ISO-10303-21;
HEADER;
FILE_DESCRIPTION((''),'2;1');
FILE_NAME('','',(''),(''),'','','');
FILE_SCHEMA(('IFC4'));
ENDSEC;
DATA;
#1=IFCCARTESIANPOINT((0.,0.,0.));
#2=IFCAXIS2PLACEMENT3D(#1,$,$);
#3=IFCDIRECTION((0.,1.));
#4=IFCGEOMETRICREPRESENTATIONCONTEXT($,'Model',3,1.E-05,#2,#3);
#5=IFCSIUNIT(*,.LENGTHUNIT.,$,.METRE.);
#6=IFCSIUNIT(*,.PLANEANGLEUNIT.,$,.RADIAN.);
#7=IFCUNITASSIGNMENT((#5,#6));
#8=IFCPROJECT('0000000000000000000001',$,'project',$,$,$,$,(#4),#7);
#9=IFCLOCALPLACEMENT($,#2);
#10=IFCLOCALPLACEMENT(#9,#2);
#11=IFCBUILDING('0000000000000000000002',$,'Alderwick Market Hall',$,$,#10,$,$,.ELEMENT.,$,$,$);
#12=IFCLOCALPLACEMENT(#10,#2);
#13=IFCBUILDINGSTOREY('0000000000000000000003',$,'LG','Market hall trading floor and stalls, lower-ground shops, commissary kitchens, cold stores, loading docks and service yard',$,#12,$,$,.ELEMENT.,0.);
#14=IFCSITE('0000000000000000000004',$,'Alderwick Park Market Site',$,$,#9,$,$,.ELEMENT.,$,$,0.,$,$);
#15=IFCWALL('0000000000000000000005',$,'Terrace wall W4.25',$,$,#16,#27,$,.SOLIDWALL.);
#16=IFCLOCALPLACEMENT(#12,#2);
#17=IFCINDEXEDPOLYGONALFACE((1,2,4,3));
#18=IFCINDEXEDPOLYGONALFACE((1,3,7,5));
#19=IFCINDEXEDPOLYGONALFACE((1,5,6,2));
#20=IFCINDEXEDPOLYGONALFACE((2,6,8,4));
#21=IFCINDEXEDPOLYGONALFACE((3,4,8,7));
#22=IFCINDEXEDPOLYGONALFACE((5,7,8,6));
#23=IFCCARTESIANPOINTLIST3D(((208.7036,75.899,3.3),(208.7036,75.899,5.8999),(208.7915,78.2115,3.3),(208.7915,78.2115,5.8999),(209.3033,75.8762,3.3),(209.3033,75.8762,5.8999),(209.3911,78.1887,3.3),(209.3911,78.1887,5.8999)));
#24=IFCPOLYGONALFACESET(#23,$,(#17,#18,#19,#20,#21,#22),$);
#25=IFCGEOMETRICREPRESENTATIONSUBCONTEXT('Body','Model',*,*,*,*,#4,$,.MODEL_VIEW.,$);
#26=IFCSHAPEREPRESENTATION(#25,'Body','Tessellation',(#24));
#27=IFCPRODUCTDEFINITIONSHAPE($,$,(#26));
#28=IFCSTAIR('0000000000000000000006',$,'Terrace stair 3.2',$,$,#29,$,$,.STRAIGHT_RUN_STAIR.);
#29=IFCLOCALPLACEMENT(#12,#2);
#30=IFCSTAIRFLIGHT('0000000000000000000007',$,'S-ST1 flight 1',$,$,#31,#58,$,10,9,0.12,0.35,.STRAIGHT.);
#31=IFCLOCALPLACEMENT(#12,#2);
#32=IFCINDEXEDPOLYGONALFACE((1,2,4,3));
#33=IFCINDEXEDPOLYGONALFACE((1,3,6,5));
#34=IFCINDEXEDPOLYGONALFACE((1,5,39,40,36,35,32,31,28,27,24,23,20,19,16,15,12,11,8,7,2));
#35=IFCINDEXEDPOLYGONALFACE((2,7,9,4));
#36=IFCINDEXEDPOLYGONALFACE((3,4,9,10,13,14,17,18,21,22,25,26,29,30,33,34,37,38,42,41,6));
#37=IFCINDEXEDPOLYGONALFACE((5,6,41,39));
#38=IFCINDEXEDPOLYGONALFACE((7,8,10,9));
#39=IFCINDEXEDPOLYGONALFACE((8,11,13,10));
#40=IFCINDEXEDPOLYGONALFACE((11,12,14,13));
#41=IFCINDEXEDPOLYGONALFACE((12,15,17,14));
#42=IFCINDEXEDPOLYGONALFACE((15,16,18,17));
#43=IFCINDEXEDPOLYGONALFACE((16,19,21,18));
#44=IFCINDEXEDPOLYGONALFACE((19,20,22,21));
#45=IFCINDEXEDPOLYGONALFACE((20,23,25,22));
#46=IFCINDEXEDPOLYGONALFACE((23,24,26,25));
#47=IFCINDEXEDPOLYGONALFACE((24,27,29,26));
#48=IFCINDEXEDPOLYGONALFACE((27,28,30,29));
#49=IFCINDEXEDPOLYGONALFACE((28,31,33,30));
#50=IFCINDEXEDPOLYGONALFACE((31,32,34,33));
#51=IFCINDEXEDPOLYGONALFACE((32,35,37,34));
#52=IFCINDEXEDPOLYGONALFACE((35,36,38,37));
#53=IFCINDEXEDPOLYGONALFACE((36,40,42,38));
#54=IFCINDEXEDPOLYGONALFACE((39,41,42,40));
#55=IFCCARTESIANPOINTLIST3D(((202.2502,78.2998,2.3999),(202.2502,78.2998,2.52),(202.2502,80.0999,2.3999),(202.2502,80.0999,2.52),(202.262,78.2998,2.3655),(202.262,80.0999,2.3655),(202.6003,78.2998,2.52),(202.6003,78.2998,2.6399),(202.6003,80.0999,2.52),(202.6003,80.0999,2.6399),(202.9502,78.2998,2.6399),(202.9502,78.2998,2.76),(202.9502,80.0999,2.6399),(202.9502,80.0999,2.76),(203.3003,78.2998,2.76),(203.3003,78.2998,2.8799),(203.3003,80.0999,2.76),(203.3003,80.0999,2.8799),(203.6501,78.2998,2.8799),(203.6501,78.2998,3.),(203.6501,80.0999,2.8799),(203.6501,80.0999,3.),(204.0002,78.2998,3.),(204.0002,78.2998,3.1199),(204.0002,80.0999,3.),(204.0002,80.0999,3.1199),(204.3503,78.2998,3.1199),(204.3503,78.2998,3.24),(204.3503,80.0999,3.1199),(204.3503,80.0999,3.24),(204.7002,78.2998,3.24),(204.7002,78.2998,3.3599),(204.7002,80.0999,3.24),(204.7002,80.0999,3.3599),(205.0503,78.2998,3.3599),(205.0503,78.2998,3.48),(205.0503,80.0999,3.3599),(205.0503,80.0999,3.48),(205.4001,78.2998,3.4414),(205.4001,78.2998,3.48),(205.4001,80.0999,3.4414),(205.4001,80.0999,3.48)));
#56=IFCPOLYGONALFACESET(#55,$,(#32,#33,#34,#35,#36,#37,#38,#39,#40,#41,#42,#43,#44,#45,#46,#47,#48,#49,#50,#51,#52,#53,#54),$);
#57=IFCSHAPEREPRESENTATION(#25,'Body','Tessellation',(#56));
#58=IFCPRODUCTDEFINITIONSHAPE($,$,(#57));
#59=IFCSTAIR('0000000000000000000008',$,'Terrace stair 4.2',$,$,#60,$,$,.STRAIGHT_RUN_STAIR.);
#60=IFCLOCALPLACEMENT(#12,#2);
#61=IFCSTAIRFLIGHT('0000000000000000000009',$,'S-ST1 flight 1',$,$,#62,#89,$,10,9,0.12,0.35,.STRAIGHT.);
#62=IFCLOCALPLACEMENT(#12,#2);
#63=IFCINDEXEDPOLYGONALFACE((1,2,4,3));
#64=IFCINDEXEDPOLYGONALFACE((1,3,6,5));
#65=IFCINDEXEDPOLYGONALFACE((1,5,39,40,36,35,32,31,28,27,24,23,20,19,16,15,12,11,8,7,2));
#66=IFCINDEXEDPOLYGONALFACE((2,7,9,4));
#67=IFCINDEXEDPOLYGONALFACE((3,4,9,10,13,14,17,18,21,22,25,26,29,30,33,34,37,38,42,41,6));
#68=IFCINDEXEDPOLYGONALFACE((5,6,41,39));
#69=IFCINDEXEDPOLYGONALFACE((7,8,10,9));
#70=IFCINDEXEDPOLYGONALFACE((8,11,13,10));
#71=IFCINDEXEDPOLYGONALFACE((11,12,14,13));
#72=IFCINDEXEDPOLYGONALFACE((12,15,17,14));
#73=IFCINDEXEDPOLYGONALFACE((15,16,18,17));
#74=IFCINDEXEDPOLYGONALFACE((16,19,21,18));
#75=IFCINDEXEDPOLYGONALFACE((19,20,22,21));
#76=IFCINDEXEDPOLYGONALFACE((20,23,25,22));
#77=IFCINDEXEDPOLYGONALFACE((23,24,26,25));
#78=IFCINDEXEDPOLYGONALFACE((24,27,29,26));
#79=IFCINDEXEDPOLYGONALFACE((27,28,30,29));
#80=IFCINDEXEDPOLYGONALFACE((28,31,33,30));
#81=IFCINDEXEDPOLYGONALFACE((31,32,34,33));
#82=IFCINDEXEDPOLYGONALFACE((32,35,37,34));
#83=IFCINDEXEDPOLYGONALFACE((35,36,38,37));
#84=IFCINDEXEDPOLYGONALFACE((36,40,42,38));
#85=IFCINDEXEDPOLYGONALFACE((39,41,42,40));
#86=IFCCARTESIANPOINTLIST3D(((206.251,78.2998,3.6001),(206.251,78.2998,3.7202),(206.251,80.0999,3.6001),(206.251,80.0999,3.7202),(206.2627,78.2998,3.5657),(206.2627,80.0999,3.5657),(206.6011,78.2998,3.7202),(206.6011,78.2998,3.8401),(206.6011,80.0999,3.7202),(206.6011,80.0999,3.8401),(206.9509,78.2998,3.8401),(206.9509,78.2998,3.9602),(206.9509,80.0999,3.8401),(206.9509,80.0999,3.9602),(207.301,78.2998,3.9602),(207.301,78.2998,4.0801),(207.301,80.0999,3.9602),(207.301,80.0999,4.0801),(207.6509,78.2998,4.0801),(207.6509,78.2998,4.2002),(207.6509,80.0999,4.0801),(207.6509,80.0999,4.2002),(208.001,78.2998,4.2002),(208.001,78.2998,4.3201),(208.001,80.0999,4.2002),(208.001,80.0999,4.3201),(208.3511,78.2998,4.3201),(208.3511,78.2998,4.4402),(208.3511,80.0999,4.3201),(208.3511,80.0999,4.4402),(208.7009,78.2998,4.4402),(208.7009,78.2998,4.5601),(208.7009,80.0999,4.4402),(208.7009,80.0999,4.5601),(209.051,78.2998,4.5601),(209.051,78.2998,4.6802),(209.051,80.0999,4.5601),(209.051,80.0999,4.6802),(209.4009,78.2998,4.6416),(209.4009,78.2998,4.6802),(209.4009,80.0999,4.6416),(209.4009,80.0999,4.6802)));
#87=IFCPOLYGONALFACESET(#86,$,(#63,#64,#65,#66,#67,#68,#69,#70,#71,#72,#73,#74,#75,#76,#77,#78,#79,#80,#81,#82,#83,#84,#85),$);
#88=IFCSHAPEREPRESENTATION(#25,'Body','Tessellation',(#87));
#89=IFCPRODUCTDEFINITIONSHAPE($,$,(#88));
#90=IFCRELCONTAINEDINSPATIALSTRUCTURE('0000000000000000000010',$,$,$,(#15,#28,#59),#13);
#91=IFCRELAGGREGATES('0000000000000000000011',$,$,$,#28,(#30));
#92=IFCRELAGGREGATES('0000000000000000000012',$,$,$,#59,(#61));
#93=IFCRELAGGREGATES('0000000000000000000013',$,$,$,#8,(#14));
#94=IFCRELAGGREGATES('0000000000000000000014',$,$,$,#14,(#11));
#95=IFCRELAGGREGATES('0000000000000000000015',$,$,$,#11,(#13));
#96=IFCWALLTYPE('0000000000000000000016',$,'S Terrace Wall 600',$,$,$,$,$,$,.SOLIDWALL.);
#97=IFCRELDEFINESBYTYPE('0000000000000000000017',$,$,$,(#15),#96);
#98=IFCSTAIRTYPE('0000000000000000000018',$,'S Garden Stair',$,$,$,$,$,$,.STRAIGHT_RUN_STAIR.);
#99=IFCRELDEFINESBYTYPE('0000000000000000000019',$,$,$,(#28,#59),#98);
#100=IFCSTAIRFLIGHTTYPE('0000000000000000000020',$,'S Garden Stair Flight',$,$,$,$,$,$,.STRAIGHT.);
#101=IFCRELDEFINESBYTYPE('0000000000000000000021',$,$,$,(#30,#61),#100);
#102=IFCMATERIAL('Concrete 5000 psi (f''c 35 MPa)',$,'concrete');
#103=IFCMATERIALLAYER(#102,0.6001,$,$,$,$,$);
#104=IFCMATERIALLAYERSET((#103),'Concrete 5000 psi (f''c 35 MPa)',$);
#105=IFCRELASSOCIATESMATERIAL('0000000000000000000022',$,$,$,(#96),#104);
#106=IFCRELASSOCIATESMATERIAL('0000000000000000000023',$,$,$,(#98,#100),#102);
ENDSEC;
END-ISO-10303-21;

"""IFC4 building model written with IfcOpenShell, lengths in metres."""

from ifc_helpers import new_model, si_unit, direction, frame, frame_2d, origin, place, context, subcontext, project, spatial, polyline, rectangle, outline, extrude, material, layer, layer_set, type_object, element, aggregate, save


model = new_model("IFC4")

# Units and contexts
model_context = context("Model", 3, precision=1e-05, world=origin(), true_north=direction((0.0, 1.0)))
body_context = subcontext(model_context, "Body", "Model", "MODEL_VIEW")
ifc_project = project(units=[si_unit("LENGTHUNIT", "METRE"), si_unit("PLANEANGLEUNIT", "RADIAN")], contexts=[model_context])

# Site, building, storey
site_placement = place(None, origin())
site = spatial("IfcSite", under=ifc_project, at=site_placement, Name="Alderwick Park Market Site", CompositionType="ELEMENT", RefElevation=0.0)
building_placement = place(site_placement, origin())
building = spatial("IfcBuilding", under=site, at=building_placement, Name="Alderwick Market Hall", CompositionType="ELEMENT")
storey_placement = place(building_placement, origin())
storey = spatial("IfcBuildingStorey", under=building, at=storey_placement, Name="LG", Description="Market hall trading floor and stalls, lower-ground shops, commissary kitchens, cold stores, loading docks and service yard", CompositionType="ELEMENT", Elevation=0.0)

# Wall
ifc_material_1 = material(Name="Concrete 5000 psi (f'c 35 MPa)", Category="concrete")
ifc_layer_1 = layer(ifc_material_1, 0.6001)
ifc_layer_set_1 = layer_set([ifc_layer_1], Name="Concrete 5000 psi (f'c 35 MPa)")
wall_type_1 = type_object("IfcWallType", Name="S Terrace Wall 600", PredefinedType="SOLIDWALL", material=ifc_layer_set_1)
wall_1_placement = place(storey_placement, frame((209.0034, 75.8875, 3.3), z_axis=(0.0, 0.0, 1.0), x_axis=(0.037979, 0.999279, 0.0)))
element("IfcWall", 1, at=wall_1_placement, inside=storey, type_object=wall_type_1, Name="Terrace wall W4.25", PredefinedType="SOLIDWALL", context=body_context, shape_type="SweptSolid", body=[
    extrude(rectangle(XDim=2.3142, YDim=0.6001, at=frame_2d((1.1572, 0.0))), origin(), (0.0, 0.0, 1.0), 2.5999),
])

# Stair, stair flight
stair_type = type_object("IfcStairType", Name="S Garden Stair", PredefinedType="STRAIGHT_RUN_STAIR", material=ifc_material_1)
stair_1_placement = place(storey_placement, origin())
stair_1 = element("IfcStair", 2, at=stair_1_placement, inside=storey, type_object=stair_type, Name="Terrace stair 3.2", PredefinedType="STRAIGHT_RUN_STAIR")
stair_flight_type = type_object("IfcStairFlightType", Name="S Garden Stair Flight", PredefinedType="STRAIGHT", material=ifc_material_1)
stair_flight_1_placement = place(storey_placement, frame((202.2502, 79.2, 2.3999), z_axis=(0.0, 0.0, 1.0), x_axis=(1.0, 0.0, 0.0)))
stair_flight_1 = element("IfcStairFlight", 3, at=stair_flight_1_placement, type_object=stair_flight_type, Name="S-ST1 flight 1", NumberOfRisers=10, NumberOfTreads=9, PredefinedType="STRAIGHT", RiserHeight=0.12, TreadLength=0.35, context=body_context, shape_type="SweptSolid", body=[
    extrude(outline(polyline([(0.0117, -0.0344), (0.0, 0.0), (0.0, 0.1201), (0.3501, 0.1201), (0.3501, 0.24), (0.7, 0.24), (0.7, 0.3601), (1.05, 0.3601), (1.05, 0.48), (1.3999, 0.48), (1.3999, 0.6001), (1.75, 0.6001), (1.75, 0.72), (2.1001, 0.72), (2.1001, 0.8401), (2.45, 0.8401), (2.45, 0.96), (2.8, 0.96), (2.8, 1.0801), (3.1499, 1.0801), (3.1499, 1.0415), (0.0117, -0.0344)])), frame((0.0, 0.8999, 0.0), z_axis=(0.0, -1.0, 0.0), x_axis=(1.0, 0.0, 0.0)), (0.0, 0.0, 1.0), 1.8),
])
aggregate(stair_1, [stair_flight_1])

# Stair, stair flight
stair_2_placement = place(storey_placement, origin())
stair_2 = element("IfcStair", 4, at=stair_2_placement, inside=storey, type_object=stair_type, Name="Terrace stair 4.2", PredefinedType="STRAIGHT_RUN_STAIR")
stair_flight_2_placement = place(storey_placement, frame((206.251, 79.2, 3.6001), z_axis=(0.0, 0.0, 1.0), x_axis=(1.0, 0.0, 0.0)))
stair_flight_2 = element("IfcStairFlight", 5, at=stair_flight_2_placement, type_object=stair_flight_type, Name="S-ST1 flight 1", NumberOfRisers=10, NumberOfTreads=9, PredefinedType="STRAIGHT", RiserHeight=0.12, TreadLength=0.35, context=body_context, shape_type="SweptSolid", body=[
    extrude(outline(polyline([(0.0117, -0.0344), (0.0, 0.0), (0.0, 0.1201), (0.3501, 0.1201), (0.3501, 0.24), (0.7, 0.24), (0.7, 0.3601), (1.05, 0.3601), (1.05, 0.48), (1.3999, 0.48), (1.3999, 0.6001), (1.75, 0.6001), (1.75, 0.72), (2.1001, 0.72), (2.1001, 0.8401), (2.45, 0.8401), (2.45, 0.96), (2.8, 0.96), (2.8, 1.0801), (3.1499, 1.0801), (3.1499, 1.0415), (0.0117, -0.0344)])), frame((0.0, 0.8999, 0.0), z_axis=(0.0, -1.0, 0.0), x_axis=(1.0, 0.0, 0.0)), (0.0, 0.0, 1.0), 1.8),
])
aggregate(stair_2, [stair_flight_2])

save(model, "model.ifc")
